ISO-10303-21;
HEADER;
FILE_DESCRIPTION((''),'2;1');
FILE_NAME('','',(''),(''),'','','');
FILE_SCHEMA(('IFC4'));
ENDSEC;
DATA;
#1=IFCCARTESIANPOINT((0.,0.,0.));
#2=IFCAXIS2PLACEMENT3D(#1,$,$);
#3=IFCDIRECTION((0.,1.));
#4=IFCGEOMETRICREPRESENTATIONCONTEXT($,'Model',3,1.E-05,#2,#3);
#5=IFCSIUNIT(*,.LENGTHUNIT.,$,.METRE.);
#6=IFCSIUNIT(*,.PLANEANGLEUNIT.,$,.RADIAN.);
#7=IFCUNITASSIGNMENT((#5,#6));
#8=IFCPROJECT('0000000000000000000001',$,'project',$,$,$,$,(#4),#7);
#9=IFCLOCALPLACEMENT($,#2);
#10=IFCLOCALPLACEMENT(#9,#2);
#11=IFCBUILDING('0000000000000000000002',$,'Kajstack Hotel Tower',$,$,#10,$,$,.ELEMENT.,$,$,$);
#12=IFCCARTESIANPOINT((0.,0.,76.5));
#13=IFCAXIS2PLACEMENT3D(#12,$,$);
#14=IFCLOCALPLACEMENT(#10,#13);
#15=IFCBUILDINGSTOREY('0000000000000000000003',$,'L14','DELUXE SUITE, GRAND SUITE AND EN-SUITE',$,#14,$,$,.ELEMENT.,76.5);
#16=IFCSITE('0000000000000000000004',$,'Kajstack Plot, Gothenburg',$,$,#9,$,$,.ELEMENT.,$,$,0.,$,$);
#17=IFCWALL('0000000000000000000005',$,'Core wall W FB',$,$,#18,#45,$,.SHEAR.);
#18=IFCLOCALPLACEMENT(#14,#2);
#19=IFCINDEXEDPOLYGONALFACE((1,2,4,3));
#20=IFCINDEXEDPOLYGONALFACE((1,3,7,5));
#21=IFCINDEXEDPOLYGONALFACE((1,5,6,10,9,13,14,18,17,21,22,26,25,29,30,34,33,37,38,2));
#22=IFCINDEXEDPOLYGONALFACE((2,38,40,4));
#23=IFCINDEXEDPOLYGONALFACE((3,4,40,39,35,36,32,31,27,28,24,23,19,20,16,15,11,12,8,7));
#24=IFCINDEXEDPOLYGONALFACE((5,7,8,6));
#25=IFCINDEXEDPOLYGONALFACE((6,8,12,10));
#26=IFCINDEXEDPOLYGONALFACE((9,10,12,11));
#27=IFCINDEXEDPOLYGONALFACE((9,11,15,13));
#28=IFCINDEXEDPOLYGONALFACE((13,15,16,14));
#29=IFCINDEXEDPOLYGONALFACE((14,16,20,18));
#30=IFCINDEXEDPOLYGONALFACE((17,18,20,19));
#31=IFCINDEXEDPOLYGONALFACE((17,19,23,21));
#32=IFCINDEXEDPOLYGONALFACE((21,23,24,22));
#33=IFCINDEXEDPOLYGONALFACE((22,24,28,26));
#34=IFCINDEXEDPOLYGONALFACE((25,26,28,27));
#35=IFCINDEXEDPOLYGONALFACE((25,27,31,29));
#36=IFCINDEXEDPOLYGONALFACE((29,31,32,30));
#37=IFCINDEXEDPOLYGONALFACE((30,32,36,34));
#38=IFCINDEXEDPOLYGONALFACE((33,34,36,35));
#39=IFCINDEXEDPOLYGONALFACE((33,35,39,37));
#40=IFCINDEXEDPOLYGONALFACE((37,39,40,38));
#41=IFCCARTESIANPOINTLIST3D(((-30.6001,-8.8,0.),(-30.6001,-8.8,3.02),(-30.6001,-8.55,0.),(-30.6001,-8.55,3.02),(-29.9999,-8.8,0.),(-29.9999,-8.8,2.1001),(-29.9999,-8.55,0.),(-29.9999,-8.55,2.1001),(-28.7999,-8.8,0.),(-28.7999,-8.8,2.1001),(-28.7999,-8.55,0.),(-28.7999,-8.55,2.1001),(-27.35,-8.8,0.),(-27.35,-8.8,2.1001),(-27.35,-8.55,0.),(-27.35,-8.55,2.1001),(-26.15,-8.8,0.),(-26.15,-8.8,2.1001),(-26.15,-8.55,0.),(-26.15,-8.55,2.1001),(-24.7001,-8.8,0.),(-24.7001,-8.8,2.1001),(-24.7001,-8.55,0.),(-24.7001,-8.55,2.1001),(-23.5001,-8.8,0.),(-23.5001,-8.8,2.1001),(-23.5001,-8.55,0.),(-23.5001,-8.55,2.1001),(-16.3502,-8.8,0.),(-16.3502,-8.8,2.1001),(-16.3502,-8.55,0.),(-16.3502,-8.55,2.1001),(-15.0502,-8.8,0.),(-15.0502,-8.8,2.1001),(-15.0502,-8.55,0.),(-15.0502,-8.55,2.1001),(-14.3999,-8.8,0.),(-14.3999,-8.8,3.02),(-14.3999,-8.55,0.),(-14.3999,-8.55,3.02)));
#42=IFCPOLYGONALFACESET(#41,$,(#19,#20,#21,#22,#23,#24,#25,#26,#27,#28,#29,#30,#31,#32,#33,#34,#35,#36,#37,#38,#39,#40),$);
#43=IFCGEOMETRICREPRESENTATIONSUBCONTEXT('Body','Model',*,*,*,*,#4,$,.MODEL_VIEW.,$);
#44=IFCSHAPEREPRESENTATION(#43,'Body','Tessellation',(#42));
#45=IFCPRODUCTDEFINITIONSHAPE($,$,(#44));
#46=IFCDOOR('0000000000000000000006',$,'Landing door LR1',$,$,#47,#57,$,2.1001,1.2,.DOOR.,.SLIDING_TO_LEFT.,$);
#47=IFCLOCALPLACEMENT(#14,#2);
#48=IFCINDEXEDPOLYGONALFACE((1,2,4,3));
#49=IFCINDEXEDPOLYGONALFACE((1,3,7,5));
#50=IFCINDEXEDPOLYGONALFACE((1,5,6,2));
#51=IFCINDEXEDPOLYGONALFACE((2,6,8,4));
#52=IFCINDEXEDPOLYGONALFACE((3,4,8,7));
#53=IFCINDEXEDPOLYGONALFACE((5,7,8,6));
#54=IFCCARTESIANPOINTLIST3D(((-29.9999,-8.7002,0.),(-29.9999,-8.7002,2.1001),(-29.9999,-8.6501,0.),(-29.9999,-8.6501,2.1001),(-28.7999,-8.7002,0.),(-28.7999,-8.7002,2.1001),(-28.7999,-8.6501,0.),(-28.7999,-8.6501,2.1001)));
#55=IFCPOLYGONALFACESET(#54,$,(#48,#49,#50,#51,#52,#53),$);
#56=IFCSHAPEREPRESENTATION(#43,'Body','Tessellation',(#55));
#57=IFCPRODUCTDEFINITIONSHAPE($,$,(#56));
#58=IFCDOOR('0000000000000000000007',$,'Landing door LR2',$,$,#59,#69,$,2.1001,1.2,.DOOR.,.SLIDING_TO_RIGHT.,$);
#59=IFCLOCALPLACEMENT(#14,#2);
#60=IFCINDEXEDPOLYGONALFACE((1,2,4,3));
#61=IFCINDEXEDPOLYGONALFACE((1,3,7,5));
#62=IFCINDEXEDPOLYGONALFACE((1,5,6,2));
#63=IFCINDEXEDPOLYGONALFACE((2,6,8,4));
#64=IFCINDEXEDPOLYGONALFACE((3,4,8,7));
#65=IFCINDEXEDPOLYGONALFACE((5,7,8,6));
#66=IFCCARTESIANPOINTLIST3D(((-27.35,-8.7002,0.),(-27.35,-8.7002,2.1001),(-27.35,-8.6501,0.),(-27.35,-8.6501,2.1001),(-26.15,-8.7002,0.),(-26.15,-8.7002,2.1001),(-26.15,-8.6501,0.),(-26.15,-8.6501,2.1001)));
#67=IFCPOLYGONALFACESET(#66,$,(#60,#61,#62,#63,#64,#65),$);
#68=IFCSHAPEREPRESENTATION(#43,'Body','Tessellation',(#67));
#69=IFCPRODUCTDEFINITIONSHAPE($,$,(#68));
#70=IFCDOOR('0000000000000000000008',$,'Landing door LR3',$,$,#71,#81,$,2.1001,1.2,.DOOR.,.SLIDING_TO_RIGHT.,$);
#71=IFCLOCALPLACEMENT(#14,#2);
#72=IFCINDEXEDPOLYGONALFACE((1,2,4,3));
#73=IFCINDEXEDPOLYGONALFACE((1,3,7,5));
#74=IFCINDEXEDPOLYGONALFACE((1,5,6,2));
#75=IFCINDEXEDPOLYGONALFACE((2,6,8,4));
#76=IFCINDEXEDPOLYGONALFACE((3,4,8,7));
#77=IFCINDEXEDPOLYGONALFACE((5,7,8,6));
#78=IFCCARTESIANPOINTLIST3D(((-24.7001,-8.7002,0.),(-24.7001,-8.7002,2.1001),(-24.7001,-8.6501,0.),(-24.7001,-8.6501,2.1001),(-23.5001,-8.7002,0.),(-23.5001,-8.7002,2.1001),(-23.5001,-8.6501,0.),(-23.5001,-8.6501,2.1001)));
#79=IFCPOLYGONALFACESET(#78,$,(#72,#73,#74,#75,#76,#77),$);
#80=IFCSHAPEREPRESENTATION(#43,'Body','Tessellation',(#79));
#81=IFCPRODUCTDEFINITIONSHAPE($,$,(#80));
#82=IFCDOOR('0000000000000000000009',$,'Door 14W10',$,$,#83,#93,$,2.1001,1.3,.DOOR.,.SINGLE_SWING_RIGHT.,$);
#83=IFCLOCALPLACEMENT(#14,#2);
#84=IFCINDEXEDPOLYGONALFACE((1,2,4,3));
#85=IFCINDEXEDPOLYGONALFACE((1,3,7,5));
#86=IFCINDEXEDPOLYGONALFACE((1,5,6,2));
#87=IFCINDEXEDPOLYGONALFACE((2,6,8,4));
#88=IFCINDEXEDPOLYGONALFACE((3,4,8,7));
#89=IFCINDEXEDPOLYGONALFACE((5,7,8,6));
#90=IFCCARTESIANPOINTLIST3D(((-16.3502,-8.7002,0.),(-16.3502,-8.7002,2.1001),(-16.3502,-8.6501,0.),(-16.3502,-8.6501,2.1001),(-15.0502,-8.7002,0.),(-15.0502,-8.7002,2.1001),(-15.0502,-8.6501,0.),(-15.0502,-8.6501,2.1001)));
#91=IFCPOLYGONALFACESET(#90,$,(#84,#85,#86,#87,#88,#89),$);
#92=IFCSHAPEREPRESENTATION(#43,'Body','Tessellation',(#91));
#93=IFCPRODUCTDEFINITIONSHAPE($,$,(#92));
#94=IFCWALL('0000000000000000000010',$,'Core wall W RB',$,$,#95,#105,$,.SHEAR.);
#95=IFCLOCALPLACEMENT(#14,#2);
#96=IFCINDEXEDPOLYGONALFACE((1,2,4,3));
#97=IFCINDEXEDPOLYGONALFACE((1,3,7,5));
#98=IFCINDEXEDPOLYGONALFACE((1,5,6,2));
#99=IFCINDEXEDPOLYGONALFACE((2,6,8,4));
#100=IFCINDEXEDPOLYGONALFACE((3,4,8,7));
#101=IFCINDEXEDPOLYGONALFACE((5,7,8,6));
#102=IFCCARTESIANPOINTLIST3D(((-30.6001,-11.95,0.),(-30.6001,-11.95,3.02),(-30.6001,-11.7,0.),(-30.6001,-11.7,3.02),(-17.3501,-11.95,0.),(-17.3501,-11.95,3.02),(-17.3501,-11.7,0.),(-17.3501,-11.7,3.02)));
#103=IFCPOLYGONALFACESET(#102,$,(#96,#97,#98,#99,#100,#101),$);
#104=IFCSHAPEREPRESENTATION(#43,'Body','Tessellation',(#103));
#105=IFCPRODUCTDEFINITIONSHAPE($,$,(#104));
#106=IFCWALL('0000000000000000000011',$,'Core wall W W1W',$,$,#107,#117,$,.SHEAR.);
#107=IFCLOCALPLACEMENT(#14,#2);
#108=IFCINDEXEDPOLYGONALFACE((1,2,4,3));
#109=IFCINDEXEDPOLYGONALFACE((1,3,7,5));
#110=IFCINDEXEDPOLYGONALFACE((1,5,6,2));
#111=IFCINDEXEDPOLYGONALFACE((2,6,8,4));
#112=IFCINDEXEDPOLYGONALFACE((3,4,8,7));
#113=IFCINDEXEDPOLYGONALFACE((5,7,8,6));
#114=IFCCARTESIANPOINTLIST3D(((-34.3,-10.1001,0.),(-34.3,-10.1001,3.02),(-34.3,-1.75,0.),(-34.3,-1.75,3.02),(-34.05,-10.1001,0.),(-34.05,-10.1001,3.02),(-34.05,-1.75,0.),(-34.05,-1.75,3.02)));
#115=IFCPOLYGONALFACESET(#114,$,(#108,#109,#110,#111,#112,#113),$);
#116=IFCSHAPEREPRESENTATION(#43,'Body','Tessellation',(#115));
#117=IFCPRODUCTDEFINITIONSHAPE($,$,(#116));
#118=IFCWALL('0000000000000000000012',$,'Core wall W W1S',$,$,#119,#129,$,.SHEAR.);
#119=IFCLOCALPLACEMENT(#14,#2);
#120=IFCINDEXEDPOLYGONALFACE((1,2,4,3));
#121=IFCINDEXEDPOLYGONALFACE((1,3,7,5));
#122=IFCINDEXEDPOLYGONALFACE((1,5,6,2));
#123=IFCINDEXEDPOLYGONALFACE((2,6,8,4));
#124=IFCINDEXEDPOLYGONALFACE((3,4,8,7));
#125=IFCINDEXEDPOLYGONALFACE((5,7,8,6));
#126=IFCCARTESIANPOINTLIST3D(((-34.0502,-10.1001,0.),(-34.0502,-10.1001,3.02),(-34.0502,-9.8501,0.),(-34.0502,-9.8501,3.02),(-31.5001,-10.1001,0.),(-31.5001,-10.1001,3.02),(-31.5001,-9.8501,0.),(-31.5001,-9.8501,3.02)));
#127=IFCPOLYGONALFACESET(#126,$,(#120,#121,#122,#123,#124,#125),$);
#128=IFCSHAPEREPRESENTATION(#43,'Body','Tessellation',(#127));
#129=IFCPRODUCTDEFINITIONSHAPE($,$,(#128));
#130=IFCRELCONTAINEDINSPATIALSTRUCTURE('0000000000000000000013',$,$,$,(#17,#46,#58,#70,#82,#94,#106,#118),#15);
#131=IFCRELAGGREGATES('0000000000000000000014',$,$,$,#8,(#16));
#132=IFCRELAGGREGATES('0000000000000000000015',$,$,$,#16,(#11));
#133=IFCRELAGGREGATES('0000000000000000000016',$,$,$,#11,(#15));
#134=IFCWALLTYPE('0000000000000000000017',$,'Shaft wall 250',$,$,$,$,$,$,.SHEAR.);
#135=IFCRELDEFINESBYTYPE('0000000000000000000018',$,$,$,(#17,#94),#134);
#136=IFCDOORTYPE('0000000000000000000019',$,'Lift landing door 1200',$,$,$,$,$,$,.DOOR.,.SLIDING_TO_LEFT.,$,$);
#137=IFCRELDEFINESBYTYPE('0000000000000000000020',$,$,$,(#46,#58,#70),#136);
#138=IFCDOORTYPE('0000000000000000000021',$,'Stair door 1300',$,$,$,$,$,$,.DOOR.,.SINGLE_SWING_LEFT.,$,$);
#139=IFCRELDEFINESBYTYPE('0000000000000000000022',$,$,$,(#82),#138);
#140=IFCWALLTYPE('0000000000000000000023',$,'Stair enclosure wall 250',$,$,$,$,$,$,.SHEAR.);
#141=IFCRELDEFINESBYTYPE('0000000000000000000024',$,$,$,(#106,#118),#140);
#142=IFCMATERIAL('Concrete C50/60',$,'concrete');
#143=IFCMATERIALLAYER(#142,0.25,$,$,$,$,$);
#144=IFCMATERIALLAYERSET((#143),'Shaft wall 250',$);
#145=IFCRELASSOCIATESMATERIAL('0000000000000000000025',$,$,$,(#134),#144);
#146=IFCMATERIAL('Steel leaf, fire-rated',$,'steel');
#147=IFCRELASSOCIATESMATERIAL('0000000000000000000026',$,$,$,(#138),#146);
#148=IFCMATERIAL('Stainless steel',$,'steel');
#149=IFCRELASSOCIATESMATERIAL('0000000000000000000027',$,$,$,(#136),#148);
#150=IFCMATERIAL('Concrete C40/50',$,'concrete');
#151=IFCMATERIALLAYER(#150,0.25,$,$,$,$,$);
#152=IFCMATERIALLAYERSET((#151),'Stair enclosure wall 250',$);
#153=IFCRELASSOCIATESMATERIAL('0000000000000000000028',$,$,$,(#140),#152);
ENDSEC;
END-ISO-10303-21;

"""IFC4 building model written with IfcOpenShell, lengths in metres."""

from ifc_helpers import new_model, si_unit, direction, frame, frame_2d, origin, place, context, subcontext, project, spatial, rectangle, extrude, material, layer, layer_set, type_object, element, fill, save


model = new_model("IFC4")

# Units and contexts
model_context = context("Model", 3, precision=1e-05, world=origin(), true_north=direction((0.0, 1.0)))
body_context = subcontext(model_context, "Body", "Model", "MODEL_VIEW")
ifc_project = project(units=[si_unit("LENGTHUNIT", "METRE"), si_unit("PLANEANGLEUNIT", "RADIAN")], contexts=[model_context])

# Site, building, storey
site_placement = place(None, origin())
site = spatial("IfcSite", under=ifc_project, at=site_placement, Name="Kajstack Plot, Gothenburg", CompositionType="ELEMENT", RefElevation=0.0)
building_placement = place(site_placement, origin())
building = spatial("IfcBuilding", under=site, at=building_placement, Name="Kajstack Hotel Tower", CompositionType="ELEMENT")
storey_placement = place(building_placement, frame((0.0, 0.0, 76.5)))
storey = spatial("IfcBuildingStorey", under=building, at=storey_placement, Name="L14", Description="DELUXE SUITE, GRAND SUITE AND EN-SUITE", CompositionType="ELEMENT", Elevation=76.5)

# Shared definitions
ifc_material_1 = material(Name="Stainless steel", Category="steel")

# Shared definitions
ifc_material_2 = material(Name="Concrete C40/50", Category="concrete")

# Shared definitions
ifc_material_3 = material(Name="Concrete C50/60", Category="concrete")
ifc_layer_1 = layer(ifc_material_3, 0.25)
ifc_layer_set_1 = layer_set([ifc_layer_1], Name="Shaft wall 250")
wall_type_1 = type_object("IfcWallType", Name="Shaft wall 250", PredefinedType="SHEAR", material=ifc_layer_set_1)
ifc_material_4 = material(Name="Steel leaf, fire-rated", Category="steel")
door_type_1 = type_object("IfcDoorType", Name="Stair door 1300", OperationType="SINGLE_SWING_LEFT", PredefinedType="DOOR", material=ifc_material_4)

# Wall, openings, doors
wall_1_placement = place(storey_placement, frame((-30.6001, -8.675, 0.0), z_axis=(0.0, 0.0, 1.0), x_axis=(1.0, 0.0, 0.0)))
wall_1 = element("IfcWall", 1, at=wall_1_placement, inside=storey, type_object=wall_type_1, Name="Core wall W FB", PredefinedType="SHEAR", context=body_context, shape_type="SweptSolid", body=[
    extrude(rectangle(XDim=16.2002, YDim=0.25, at=frame_2d((8.1001, 0.0))), origin(), (0.0, 0.0, 1.0), 3.02),
])
opening_1_placement = place(wall_1_placement, frame((0.6001, 0.0, 0.0)))
opening_1 = element("IfcOpeningElement", 2, at=opening_1_placement, cuts=wall_1, PredefinedType="OPENING", context=body_context, shape_type="SweptSolid", body=[
    extrude(rectangle(XDim=1.2, YDim=2.1001, at=frame_2d((0.6001, 1.05))), frame((0.0, 0.135, 0.0), z_axis=(0.0, -1.0, 0.0), x_axis=(1.0, 0.0, 0.0)), (0.0, 0.0, 1.0), 0.27),
])
opening_2_placement = place(wall_1_placement, frame((3.25, 0.0, 0.0)))
opening_2 = element("IfcOpeningElement", 3, at=opening_2_placement, cuts=wall_1, PredefinedType="OPENING", context=body_context, shape_type="SweptSolid", body=[
    extrude(rectangle(XDim=1.2, YDim=2.1001, at=frame_2d((0.6001, 1.05))), frame((0.0, 0.135, 0.0), z_axis=(0.0, -1.0, 0.0), x_axis=(1.0, 0.0, 0.0)), (0.0, 0.0, 1.0), 0.27),
])
opening_3_placement = place(wall_1_placement, frame((5.8999, 0.0, 0.0)))
opening_3 = element("IfcOpeningElement", 4, at=opening_3_placement, cuts=wall_1, PredefinedType="OPENING", context=body_context, shape_type="SweptSolid", body=[
    extrude(rectangle(XDim=1.2, YDim=2.1001, at=frame_2d((0.6001, 1.05))), frame((0.0, 0.135, 0.0), z_axis=(0.0, -1.0, 0.0), x_axis=(1.0, 0.0, 0.0)), (0.0, 0.0, 1.0), 0.27),
])
opening_4_placement = place(wall_1_placement, frame((14.25, 0.0, 0.0)))
opening_4 = element("IfcOpeningElement", 5, at=opening_4_placement, cuts=wall_1, PredefinedType="OPENING", context=body_context, shape_type="SweptSolid", body=[
    extrude(rectangle(XDim=1.3, YDim=2.1001, at=frame_2d((0.6499, 1.05))), frame((0.0, 0.135, 0.0), z_axis=(0.0, -1.0, 0.0), x_axis=(1.0, 0.0, 0.0)), (0.0, 0.0, 1.0), 0.27),
])
door_type_2 = type_object("IfcDoorType", Name="Lift landing door 1200", OperationType="SLIDING_TO_LEFT", PredefinedType="DOOR", material=ifc_material_1)
door_1_placement = place(opening_1_placement, origin())
door_1 = element("IfcDoor", 6, at=door_1_placement, inside=storey, type_object=door_type_2, Name="Landing door LR1", OperationType="SLIDING_TO_LEFT", OverallHeight=2.1001, OverallWidth=1.2, PredefinedType="DOOR", context=body_context, shape_type="SweptSolid", body=[
    extrude(rectangle(XDim=1.2, YDim=2.1001, at=frame_2d((0.6001, 1.05))), frame((0.0, 0.0249, 0.0), z_axis=(0.0, -1.0, 0.0), x_axis=(1.0, 0.0, 0.0)), (0.0, 0.0, 1.0), 0.05),
])
fill(opening_1, door_1)
door_2_placement = place(opening_2_placement, origin())
door_2 = element("IfcDoor", 7, at=door_2_placement, inside=storey, type_object=door_type_2, Name="Landing door LR2", OperationType="SLIDING_TO_RIGHT", OverallHeight=2.1001, OverallWidth=1.2, PredefinedType="DOOR", context=body_context, shape_type="SweptSolid", body=[
    extrude(rectangle(XDim=1.2, YDim=2.1001, at=frame_2d((0.6001, 1.05))), frame((0.0, 0.0249, 0.0), z_axis=(0.0, -1.0, 0.0), x_axis=(1.0, 0.0, 0.0)), (0.0, 0.0, 1.0), 0.05),
])
fill(opening_2, door_2)
door_3_placement = place(opening_3_placement, origin())
door_3 = element("IfcDoor", 8, at=door_3_placement, inside=storey, type_object=door_type_2, Name="Landing door LR3", OperationType="SLIDING_TO_RIGHT", OverallHeight=2.1001, OverallWidth=1.2, PredefinedType="DOOR", context=body_context, shape_type="SweptSolid", body=[
    extrude(rectangle(XDim=1.2, YDim=2.1001, at=frame_2d((0.6001, 1.05))), frame((0.0, 0.0249, 0.0), z_axis=(0.0, -1.0, 0.0), x_axis=(1.0, 0.0, 0.0)), (0.0, 0.0, 1.0), 0.05),
])
fill(opening_3, door_3)
door_4_placement = place(opening_4_placement, origin())
door_4 = element("IfcDoor", 9, at=door_4_placement, inside=storey, type_object=door_type_1, Name="Door 14W10", OperationType="SINGLE_SWING_RIGHT", OverallHeight=2.1001, OverallWidth=1.3, PredefinedType="DOOR", context=body_context, shape_type="SweptSolid", body=[
    extrude(rectangle(XDim=1.3, YDim=2.1001, at=frame_2d((0.6499, 1.05))), frame((0.0, 0.0249, 0.0), z_axis=(0.0, -1.0, 0.0), x_axis=(1.0, 0.0, 0.0)), (0.0, 0.0, 1.0), 0.05),
])
fill(opening_4, door_4)

# Walls
wall_2_placement = place(storey_placement, frame((-30.6001, -11.825, 0.0), z_axis=(0.0, 0.0, 1.0), x_axis=(1.0, 0.0, 0.0)))
element("IfcWall", 10, at=wall_2_placement, inside=storey, type_object=wall_type_1, Name="Core wall W RB", PredefinedType="SHEAR", context=body_context, shape_type="SweptSolid", body=[
    extrude(rectangle(XDim=13.25, YDim=0.25, at=frame_2d((6.625, 0.0))), origin(), (0.0, 0.0, 1.0), 3.02),
])
ifc_layer_2 = layer(ifc_material_2, 0.25)
ifc_layer_set_2 = layer_set([ifc_layer_2], Name="Stair enclosure wall 250")
wall_type_2 = type_object("IfcWallType", Name="Stair enclosure wall 250", PredefinedType="SHEAR", material=ifc_layer_set_2)
wall_3_placement = place(storey_placement, frame((-34.175, -10.1001, 0.0), z_axis=(0.0, 0.0, 1.0), x_axis=(0.0, 1.0, 0.0)))
element("IfcWall", 11, at=wall_3_placement, inside=storey, type_object=wall_type_2, Name="Core wall W W1W", PredefinedType="SHEAR", context=body_context, shape_type="SweptSolid", body=[
    extrude(rectangle(XDim=8.3501, YDim=0.25, at=frame_2d((4.175, 0.0))), origin(), (0.0, 0.0, 1.0), 3.02),
])
wall_4_placement = place(storey_placement, frame((-34.05, -9.9751, 0.0), z_axis=(0.0, 0.0, 1.0), x_axis=(1.0, 0.0, 0.0)))
element("IfcWall", 12, at=wall_4_placement, inside=storey, type_object=wall_type_2, Name="Core wall W W1S", PredefinedType="SHEAR", context=body_context, shape_type="SweptSolid", body=[
    extrude(rectangle(XDim=2.55, YDim=0.25, at=frame_2d((1.2749, 0.0))), origin(), (0.0, 0.0, 1.0), 3.02),
])

save(model, "model.ifc")
